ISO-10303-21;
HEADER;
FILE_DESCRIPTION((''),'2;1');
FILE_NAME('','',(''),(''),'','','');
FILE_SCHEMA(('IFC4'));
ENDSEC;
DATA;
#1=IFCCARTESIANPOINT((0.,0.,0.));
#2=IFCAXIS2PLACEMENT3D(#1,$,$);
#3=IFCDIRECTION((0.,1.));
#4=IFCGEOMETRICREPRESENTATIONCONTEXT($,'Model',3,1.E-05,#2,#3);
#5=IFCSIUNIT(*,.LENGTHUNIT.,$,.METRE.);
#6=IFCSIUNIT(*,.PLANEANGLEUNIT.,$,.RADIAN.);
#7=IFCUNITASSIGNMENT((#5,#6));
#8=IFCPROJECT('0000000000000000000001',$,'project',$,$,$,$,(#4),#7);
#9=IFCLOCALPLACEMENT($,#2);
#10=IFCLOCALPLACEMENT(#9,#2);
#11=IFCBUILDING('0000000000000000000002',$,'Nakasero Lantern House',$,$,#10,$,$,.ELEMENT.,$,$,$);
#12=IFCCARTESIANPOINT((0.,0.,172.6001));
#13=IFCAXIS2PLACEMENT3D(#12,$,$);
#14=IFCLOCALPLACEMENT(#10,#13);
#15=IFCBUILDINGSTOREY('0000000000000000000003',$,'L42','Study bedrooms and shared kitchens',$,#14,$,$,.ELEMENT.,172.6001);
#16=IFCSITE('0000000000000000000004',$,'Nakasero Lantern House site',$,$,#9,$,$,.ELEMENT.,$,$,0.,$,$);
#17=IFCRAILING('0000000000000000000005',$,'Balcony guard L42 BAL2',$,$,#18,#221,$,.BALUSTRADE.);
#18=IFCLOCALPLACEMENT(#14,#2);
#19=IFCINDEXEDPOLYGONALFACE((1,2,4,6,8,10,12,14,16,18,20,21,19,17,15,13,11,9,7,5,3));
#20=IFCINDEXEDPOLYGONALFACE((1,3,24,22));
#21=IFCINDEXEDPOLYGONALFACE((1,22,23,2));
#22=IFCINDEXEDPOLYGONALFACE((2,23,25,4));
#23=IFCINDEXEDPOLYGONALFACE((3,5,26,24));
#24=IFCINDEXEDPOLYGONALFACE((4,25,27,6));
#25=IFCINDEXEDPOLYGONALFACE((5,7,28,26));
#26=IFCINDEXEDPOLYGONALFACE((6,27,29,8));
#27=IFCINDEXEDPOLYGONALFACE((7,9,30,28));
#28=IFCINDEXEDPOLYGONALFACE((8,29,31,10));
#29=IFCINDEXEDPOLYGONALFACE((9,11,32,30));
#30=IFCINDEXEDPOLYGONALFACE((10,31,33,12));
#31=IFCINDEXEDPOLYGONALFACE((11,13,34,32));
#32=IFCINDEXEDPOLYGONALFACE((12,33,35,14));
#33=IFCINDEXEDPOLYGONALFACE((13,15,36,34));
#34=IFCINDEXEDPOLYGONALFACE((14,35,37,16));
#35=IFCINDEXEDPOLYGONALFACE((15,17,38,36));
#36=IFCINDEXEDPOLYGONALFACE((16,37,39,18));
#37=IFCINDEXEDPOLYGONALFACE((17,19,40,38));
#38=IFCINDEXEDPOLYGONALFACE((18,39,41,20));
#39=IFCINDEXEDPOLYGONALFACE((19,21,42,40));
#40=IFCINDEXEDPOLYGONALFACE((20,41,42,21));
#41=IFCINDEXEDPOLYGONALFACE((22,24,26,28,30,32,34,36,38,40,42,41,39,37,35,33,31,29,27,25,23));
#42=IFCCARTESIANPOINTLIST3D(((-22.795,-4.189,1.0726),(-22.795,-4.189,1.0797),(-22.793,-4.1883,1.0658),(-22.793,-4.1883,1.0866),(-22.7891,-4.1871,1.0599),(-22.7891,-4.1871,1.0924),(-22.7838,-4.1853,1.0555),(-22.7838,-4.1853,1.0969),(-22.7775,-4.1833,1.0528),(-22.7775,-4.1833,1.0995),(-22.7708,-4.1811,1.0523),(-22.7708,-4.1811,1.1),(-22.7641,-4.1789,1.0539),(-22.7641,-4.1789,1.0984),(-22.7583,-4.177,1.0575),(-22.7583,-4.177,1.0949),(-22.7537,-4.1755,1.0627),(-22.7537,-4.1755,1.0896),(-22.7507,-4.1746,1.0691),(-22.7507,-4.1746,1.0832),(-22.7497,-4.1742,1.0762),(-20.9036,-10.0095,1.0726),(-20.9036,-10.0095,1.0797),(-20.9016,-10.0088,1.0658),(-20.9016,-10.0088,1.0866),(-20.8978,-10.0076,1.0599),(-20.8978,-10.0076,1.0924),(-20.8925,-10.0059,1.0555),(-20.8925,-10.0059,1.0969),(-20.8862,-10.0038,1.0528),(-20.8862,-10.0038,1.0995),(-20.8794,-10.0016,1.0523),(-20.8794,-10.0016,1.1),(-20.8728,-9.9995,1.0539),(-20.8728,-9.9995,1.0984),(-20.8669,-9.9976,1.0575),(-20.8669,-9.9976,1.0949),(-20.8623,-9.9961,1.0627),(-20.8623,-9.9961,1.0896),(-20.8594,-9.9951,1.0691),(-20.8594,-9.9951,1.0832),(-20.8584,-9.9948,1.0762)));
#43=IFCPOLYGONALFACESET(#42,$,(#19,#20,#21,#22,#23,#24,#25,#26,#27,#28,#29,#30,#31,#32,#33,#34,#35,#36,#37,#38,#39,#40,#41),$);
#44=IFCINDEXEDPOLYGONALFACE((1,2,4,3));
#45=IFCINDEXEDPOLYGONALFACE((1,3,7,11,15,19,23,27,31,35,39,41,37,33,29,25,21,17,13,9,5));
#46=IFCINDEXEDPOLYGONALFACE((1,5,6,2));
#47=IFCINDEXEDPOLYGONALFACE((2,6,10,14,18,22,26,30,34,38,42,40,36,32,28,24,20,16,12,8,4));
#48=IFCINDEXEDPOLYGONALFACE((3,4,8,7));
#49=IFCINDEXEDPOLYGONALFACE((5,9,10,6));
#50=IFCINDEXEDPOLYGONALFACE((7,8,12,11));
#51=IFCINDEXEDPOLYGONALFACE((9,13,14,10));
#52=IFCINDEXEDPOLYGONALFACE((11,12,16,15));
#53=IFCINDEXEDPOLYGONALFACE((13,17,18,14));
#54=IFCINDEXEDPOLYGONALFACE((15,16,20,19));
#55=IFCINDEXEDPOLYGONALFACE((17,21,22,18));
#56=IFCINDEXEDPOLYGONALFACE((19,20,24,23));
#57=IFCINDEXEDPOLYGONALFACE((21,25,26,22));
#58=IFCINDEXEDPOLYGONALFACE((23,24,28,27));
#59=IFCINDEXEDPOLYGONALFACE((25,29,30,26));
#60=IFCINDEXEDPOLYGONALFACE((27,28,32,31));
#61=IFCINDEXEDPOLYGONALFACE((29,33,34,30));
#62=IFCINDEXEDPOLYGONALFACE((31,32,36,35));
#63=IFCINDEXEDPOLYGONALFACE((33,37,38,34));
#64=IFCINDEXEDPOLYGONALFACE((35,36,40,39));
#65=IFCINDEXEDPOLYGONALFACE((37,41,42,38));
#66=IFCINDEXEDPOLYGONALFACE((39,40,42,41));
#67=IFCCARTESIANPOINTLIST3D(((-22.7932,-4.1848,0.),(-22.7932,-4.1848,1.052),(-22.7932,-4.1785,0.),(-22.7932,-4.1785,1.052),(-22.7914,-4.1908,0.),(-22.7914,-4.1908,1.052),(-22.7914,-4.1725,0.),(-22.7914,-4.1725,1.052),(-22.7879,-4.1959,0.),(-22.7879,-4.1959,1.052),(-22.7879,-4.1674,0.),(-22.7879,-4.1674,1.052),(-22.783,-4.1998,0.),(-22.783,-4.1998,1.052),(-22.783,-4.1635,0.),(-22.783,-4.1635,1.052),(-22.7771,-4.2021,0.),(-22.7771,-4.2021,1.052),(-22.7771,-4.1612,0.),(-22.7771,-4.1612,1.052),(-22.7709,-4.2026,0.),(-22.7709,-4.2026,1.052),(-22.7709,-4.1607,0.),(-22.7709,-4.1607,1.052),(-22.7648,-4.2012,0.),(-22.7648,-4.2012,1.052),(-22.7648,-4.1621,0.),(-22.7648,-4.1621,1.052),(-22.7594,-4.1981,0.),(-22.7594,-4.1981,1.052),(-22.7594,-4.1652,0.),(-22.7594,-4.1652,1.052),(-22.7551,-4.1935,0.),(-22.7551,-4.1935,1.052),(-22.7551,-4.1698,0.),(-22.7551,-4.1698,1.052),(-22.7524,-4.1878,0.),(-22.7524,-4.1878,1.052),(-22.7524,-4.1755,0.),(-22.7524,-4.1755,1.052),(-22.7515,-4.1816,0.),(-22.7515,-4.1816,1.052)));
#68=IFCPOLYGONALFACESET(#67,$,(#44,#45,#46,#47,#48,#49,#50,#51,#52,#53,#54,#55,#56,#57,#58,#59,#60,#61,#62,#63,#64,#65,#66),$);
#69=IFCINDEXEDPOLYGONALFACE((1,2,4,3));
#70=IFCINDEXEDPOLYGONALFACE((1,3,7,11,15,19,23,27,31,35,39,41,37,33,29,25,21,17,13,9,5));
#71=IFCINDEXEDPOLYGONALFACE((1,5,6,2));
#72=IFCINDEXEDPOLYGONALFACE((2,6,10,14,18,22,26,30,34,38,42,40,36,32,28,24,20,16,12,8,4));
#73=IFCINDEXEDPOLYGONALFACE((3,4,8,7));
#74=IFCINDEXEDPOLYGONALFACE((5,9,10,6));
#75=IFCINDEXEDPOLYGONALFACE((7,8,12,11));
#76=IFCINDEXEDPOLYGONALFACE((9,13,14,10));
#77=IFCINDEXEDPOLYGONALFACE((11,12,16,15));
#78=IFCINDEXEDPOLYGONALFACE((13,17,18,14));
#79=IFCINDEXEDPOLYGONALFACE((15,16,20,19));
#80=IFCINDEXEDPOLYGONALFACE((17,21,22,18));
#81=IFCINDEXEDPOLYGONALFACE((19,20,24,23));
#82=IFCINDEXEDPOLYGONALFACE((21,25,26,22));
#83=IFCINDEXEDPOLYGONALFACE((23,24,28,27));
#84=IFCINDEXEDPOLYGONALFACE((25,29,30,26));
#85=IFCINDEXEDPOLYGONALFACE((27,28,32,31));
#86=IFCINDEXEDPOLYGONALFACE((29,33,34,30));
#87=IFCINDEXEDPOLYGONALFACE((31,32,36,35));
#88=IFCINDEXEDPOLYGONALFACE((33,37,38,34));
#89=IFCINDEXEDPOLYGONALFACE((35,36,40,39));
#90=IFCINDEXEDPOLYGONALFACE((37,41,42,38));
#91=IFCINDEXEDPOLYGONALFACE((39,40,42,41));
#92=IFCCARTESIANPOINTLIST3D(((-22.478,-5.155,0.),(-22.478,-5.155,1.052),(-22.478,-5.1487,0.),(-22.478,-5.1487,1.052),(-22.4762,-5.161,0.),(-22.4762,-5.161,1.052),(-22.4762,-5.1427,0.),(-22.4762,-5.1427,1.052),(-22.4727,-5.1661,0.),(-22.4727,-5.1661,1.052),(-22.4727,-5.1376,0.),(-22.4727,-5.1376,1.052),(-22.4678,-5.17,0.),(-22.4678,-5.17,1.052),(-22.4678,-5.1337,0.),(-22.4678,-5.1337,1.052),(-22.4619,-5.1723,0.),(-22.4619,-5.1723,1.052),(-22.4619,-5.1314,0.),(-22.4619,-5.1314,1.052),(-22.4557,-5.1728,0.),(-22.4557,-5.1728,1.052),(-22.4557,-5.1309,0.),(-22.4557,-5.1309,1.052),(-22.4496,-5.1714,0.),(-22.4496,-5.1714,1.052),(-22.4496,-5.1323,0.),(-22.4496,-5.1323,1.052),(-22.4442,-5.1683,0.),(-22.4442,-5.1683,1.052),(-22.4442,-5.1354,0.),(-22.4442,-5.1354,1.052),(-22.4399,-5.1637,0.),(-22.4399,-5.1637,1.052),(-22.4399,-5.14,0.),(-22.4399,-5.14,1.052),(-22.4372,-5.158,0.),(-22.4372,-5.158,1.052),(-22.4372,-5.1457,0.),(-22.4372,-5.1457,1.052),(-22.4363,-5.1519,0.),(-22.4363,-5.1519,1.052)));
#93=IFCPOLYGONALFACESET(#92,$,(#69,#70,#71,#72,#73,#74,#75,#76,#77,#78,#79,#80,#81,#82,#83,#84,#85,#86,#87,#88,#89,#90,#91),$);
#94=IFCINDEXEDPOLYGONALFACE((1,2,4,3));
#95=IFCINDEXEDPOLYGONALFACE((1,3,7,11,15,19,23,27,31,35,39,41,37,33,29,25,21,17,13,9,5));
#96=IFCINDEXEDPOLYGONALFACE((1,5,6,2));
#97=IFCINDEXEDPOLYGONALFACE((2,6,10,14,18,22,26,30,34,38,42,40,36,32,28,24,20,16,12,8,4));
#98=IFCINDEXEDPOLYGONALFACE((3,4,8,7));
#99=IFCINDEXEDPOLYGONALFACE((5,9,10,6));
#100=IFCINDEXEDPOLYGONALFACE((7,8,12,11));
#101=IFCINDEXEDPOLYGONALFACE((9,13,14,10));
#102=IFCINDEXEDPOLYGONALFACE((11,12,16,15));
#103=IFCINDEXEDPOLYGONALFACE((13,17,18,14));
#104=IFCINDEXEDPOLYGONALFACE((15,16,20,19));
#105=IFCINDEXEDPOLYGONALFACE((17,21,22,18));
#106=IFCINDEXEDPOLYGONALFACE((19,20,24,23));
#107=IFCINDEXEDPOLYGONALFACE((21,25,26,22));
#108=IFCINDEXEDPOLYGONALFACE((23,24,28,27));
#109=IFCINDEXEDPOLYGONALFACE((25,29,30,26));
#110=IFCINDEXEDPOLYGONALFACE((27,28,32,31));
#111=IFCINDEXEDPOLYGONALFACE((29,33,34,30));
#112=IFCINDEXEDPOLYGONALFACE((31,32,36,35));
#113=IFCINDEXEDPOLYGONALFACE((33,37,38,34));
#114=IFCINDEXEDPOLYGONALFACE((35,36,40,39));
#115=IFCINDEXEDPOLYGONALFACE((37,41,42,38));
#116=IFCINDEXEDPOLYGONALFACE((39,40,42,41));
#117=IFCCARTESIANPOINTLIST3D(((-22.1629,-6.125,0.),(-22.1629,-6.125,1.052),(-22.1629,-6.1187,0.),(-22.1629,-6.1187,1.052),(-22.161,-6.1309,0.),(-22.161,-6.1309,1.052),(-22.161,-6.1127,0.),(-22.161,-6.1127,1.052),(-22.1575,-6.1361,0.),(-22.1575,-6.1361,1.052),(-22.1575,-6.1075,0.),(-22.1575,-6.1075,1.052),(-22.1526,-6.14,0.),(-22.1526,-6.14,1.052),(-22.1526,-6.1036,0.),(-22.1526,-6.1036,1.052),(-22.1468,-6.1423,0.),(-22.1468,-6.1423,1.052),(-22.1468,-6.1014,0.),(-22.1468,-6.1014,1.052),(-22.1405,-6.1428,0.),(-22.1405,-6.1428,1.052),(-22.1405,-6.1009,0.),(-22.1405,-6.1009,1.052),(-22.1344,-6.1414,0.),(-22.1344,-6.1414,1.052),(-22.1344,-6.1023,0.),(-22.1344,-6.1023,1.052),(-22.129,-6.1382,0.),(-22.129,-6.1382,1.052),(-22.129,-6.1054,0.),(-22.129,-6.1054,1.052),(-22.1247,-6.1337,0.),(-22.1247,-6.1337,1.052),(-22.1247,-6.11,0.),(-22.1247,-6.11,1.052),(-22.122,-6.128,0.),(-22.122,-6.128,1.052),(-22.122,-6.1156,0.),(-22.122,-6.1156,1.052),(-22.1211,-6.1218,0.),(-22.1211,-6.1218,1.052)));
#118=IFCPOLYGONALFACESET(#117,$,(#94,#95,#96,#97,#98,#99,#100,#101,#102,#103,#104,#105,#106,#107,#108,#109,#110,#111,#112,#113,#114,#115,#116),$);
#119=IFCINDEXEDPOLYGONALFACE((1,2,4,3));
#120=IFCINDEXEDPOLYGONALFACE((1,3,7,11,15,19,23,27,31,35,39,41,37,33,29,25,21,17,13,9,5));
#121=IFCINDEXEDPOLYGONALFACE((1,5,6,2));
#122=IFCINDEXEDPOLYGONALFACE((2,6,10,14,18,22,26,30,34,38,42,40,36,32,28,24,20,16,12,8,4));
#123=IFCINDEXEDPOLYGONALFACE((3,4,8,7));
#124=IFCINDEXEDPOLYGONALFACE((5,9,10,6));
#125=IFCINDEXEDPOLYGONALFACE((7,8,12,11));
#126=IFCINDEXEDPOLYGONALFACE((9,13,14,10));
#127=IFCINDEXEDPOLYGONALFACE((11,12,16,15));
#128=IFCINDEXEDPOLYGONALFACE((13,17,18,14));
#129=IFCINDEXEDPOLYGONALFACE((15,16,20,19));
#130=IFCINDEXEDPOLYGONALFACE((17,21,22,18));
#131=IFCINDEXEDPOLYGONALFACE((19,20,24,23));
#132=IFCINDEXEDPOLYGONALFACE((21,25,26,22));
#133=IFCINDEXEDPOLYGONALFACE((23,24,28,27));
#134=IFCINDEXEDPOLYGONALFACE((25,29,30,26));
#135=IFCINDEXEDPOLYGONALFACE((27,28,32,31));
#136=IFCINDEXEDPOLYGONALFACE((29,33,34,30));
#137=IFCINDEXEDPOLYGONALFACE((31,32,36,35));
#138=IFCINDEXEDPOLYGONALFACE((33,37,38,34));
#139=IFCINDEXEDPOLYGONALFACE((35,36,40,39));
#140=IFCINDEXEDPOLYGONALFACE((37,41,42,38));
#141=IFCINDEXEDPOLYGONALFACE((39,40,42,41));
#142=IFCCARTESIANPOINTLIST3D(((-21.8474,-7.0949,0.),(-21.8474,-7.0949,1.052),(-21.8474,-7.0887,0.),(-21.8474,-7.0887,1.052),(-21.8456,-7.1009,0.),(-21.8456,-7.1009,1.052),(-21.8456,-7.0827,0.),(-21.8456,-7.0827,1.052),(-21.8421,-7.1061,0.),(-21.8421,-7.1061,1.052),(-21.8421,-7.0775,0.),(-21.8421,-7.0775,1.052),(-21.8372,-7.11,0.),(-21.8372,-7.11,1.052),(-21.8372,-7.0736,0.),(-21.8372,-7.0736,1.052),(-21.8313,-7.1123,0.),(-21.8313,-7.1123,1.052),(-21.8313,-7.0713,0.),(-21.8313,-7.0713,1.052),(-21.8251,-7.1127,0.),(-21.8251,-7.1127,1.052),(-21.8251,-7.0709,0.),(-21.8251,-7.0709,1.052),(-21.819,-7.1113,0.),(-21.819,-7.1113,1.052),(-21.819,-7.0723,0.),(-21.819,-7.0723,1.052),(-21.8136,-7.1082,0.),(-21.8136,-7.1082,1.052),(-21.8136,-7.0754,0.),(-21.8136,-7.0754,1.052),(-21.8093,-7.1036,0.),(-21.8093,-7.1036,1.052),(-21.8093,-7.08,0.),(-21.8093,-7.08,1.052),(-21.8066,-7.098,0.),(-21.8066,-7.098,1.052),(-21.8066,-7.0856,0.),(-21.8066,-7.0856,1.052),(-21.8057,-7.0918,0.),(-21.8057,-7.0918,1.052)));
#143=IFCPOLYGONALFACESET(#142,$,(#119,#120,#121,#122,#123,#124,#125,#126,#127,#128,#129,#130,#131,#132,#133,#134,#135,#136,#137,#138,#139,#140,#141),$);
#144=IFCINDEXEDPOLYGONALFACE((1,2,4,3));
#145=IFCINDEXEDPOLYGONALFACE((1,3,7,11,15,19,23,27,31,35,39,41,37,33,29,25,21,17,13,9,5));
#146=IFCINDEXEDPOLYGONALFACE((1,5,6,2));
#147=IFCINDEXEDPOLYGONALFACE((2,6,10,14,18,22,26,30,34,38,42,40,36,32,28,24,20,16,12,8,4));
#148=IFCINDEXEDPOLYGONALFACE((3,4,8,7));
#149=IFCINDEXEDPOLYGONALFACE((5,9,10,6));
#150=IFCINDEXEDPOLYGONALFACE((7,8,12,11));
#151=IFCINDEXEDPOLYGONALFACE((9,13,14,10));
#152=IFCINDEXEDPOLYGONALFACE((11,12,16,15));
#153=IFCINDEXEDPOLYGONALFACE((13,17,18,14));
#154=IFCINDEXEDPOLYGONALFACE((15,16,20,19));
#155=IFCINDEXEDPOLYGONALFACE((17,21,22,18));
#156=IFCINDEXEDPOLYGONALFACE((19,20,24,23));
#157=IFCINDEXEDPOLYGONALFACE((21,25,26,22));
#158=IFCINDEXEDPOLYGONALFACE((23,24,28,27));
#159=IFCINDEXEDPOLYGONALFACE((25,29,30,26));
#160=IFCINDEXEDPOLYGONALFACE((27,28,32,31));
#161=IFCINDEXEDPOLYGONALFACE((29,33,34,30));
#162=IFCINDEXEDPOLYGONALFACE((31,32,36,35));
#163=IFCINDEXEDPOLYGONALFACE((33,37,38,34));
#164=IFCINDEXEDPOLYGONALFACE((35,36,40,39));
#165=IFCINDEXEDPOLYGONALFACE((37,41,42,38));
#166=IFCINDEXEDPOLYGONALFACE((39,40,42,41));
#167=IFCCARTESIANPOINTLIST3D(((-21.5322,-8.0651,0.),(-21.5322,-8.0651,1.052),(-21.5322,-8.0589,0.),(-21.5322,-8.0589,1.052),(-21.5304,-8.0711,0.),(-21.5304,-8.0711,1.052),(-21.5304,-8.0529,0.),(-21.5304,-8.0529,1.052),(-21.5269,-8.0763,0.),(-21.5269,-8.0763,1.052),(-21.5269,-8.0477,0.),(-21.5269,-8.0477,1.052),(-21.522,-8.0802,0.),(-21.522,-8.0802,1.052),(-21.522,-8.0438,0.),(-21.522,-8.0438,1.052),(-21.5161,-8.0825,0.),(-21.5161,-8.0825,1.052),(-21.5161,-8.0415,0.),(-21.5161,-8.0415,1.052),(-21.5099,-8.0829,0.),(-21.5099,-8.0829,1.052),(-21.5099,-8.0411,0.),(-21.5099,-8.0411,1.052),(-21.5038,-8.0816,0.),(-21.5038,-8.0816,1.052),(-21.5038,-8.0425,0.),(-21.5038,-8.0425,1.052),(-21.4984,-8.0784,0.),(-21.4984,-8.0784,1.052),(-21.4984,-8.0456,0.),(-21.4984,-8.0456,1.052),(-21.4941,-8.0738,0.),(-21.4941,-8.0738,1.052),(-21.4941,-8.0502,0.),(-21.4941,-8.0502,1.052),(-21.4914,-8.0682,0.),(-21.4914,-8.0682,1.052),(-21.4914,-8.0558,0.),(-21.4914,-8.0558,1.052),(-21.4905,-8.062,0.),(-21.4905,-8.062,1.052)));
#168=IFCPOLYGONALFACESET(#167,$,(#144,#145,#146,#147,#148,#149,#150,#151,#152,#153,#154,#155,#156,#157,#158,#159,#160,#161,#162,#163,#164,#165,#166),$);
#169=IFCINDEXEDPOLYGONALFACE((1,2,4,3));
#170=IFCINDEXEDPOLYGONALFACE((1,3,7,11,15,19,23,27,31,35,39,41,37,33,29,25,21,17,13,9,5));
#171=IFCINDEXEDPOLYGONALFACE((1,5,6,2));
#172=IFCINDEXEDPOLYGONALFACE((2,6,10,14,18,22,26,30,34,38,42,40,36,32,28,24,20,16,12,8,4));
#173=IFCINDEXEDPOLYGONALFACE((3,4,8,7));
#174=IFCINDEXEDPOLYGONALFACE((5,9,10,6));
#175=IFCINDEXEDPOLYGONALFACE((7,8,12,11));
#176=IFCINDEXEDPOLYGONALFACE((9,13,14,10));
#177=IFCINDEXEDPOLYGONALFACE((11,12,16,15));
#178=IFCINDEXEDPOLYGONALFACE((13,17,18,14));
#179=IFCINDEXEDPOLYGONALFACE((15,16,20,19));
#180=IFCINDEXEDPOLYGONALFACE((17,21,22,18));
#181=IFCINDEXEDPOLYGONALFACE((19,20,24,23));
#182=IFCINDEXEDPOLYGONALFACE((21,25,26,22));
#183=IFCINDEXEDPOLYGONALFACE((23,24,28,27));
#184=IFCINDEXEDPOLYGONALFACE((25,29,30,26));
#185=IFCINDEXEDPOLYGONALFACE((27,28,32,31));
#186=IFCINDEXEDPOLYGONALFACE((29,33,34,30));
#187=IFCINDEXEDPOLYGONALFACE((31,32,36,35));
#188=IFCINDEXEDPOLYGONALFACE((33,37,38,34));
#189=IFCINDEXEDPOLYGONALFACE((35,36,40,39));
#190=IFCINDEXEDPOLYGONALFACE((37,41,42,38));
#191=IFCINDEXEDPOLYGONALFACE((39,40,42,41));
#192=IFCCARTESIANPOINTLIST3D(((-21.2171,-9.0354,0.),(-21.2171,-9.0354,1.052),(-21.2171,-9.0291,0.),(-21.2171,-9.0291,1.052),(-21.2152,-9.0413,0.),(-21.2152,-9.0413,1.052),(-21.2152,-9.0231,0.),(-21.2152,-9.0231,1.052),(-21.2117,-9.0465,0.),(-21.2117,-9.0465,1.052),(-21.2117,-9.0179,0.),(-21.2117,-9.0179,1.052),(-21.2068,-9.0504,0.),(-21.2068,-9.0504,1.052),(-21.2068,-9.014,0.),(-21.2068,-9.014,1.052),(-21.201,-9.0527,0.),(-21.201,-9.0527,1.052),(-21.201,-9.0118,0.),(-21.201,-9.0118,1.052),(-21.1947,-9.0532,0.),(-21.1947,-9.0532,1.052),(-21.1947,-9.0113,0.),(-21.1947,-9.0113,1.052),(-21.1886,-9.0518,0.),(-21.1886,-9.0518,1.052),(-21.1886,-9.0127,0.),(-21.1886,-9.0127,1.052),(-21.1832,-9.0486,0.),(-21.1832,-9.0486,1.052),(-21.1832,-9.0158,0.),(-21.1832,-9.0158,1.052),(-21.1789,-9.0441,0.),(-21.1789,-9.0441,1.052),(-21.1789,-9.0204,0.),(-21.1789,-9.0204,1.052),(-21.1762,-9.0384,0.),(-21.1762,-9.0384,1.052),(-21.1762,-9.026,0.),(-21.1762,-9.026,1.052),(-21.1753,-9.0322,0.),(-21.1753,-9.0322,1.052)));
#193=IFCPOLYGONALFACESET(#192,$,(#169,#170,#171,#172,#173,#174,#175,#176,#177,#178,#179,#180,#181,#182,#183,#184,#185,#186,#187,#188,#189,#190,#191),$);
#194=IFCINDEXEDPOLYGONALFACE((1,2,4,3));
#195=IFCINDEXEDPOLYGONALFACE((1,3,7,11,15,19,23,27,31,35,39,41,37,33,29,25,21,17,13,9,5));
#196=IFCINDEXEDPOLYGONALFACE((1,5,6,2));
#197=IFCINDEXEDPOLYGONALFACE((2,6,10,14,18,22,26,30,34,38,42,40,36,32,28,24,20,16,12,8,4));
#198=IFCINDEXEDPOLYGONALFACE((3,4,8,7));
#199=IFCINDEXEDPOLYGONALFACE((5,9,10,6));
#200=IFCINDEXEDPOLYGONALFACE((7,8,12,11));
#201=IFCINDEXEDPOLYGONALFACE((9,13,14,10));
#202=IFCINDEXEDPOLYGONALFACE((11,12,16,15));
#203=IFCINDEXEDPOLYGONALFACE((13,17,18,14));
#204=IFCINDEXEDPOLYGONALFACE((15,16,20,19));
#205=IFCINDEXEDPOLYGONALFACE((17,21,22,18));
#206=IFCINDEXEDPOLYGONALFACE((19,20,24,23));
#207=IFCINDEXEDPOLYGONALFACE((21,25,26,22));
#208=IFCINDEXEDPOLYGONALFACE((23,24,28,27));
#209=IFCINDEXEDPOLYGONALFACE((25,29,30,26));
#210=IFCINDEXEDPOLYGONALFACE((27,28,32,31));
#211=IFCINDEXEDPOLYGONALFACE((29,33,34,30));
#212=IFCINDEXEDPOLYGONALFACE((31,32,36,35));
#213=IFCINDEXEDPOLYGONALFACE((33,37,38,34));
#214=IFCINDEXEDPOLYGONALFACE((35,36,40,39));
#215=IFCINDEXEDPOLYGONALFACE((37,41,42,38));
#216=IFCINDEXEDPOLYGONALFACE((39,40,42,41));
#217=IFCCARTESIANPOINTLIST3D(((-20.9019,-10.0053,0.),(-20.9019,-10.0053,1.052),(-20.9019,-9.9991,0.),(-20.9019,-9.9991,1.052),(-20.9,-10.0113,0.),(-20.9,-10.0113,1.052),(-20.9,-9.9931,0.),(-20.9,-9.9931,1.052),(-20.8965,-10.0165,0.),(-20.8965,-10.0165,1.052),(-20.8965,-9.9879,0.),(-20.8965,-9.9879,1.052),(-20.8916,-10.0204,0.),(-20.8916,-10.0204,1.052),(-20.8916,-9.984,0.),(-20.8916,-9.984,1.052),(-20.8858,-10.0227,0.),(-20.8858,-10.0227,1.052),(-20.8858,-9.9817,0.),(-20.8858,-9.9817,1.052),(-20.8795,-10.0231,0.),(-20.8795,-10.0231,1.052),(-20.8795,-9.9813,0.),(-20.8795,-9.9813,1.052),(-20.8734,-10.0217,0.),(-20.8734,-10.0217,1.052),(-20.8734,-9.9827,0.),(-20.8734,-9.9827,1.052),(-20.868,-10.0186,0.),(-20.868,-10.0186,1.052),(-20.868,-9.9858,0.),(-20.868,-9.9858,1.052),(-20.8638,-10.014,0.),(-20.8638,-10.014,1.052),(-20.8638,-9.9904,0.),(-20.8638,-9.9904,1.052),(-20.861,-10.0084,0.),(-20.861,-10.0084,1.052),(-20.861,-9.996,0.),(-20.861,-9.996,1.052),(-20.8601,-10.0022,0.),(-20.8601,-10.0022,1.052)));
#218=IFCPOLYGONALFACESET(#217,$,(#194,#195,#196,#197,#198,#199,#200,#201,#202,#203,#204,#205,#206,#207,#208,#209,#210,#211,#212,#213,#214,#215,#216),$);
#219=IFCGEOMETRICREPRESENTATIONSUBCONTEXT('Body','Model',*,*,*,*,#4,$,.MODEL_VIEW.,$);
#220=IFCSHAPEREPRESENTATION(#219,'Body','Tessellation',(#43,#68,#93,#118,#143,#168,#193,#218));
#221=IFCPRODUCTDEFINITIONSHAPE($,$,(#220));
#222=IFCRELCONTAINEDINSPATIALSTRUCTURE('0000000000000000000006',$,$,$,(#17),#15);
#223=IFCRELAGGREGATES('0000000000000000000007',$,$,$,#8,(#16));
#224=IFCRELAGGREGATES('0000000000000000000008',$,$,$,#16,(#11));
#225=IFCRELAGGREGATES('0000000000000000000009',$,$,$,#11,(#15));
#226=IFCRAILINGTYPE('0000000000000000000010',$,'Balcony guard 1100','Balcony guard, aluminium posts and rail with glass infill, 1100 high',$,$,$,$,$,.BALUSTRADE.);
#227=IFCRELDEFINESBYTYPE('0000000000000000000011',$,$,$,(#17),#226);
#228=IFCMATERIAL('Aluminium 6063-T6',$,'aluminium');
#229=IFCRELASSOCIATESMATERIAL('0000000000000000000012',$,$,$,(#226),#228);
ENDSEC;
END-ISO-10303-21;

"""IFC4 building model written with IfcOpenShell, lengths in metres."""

from ifc_helpers import new_model, si_unit, direction, frame, origin, origin_2d, place, context, subcontext, project, spatial, circle, extrude, material, type_object, element, save


model = new_model("IFC4")

# Units and contexts
model_context = context("Model", 3, precision=1e-05, world=origin(), true_north=direction((0.0, 1.0)))
body_context = subcontext(model_context, "Body", "Model", "MODEL_VIEW")
ifc_project = project(units=[si_unit("LENGTHUNIT", "METRE"), si_unit("PLANEANGLEUNIT", "RADIAN")], contexts=[model_context])

# Site, building, storey
site_placement = place(None, origin())
site = spatial("IfcSite", under=ifc_project, at=site_placement, Name="Nakasero Lantern House site", CompositionType="ELEMENT", RefElevation=0.0)
building_placement = place(site_placement, origin())
building = spatial("IfcBuilding", under=site, at=building_placement, Name="Nakasero Lantern House", CompositionType="ELEMENT")
storey_placement = place(building_placement, frame((0.0, 0.0, 172.6001)))
storey = spatial("IfcBuildingStorey", under=building, at=storey_placement, Name="L42", Description="Study bedrooms and shared kitchens", CompositionType="ELEMENT", Elevation=172.6001)

# Railing
ifc_material_1 = material(Name="Aluminium 6063-T6", Category="aluminium")
railing_type = type_object("IfcRailingType", Name="Balcony guard 1100", Description="Balcony guard, aluminium posts and rail with glass infill, 1100 high", PredefinedType="BALUSTRADE", material=ifc_material_1)
railing_placement = place(storey_placement, frame((-22.7725, -4.1816, 0.0)))
element("IfcRailing", 1, at=railing_placement, inside=storey, type_object=railing_type, Name="Balcony guard L42 BAL2", PredefinedType="BALUSTRADE", context=body_context, shape_type="SweptSolid", body=[
    extrude(circle(Radius=0.0239, at=origin_2d()), frame((0.0, 0.0, 1.0762), z_axis=(0.309038, -0.95105, 0.0), x_axis=(0.95105, 0.309038, 0.0)), (0.0, 0.0, 1.0), 6.1201),
    extrude(circle(Radius=0.021, at=origin_2d()), origin(), (0.0, 0.0, 1.0), 1.052),
    extrude(circle(Radius=0.021, at=origin_2d()), frame((0.3152, -0.9702, 0.0)), (0.0, 0.0, 1.0), 1.052),
    extrude(circle(Radius=0.021, at=origin_2d()), frame((0.6304, -1.9402, 0.0)), (0.0, 0.0, 1.0), 1.052),
    extrude(circle(Radius=0.021, at=origin_2d()), frame((0.9458, -2.9102, 0.0)), (0.0, 0.0, 1.0), 1.052),
    extrude(circle(Radius=0.021, at=origin_2d()), frame((1.261, -3.8804, 0.0)), (0.0, 0.0, 1.0), 1.052),
    extrude(circle(Radius=0.021, at=origin_2d()), frame((1.5762, -4.8506, 0.0)), (0.0, 0.0, 1.0), 1.052),
    extrude(circle(Radius=0.021, at=origin_2d()), frame((1.8914, -5.8206, 0.0)), (0.0, 0.0, 1.0), 1.052),
])

save(model, "model.ifc")
